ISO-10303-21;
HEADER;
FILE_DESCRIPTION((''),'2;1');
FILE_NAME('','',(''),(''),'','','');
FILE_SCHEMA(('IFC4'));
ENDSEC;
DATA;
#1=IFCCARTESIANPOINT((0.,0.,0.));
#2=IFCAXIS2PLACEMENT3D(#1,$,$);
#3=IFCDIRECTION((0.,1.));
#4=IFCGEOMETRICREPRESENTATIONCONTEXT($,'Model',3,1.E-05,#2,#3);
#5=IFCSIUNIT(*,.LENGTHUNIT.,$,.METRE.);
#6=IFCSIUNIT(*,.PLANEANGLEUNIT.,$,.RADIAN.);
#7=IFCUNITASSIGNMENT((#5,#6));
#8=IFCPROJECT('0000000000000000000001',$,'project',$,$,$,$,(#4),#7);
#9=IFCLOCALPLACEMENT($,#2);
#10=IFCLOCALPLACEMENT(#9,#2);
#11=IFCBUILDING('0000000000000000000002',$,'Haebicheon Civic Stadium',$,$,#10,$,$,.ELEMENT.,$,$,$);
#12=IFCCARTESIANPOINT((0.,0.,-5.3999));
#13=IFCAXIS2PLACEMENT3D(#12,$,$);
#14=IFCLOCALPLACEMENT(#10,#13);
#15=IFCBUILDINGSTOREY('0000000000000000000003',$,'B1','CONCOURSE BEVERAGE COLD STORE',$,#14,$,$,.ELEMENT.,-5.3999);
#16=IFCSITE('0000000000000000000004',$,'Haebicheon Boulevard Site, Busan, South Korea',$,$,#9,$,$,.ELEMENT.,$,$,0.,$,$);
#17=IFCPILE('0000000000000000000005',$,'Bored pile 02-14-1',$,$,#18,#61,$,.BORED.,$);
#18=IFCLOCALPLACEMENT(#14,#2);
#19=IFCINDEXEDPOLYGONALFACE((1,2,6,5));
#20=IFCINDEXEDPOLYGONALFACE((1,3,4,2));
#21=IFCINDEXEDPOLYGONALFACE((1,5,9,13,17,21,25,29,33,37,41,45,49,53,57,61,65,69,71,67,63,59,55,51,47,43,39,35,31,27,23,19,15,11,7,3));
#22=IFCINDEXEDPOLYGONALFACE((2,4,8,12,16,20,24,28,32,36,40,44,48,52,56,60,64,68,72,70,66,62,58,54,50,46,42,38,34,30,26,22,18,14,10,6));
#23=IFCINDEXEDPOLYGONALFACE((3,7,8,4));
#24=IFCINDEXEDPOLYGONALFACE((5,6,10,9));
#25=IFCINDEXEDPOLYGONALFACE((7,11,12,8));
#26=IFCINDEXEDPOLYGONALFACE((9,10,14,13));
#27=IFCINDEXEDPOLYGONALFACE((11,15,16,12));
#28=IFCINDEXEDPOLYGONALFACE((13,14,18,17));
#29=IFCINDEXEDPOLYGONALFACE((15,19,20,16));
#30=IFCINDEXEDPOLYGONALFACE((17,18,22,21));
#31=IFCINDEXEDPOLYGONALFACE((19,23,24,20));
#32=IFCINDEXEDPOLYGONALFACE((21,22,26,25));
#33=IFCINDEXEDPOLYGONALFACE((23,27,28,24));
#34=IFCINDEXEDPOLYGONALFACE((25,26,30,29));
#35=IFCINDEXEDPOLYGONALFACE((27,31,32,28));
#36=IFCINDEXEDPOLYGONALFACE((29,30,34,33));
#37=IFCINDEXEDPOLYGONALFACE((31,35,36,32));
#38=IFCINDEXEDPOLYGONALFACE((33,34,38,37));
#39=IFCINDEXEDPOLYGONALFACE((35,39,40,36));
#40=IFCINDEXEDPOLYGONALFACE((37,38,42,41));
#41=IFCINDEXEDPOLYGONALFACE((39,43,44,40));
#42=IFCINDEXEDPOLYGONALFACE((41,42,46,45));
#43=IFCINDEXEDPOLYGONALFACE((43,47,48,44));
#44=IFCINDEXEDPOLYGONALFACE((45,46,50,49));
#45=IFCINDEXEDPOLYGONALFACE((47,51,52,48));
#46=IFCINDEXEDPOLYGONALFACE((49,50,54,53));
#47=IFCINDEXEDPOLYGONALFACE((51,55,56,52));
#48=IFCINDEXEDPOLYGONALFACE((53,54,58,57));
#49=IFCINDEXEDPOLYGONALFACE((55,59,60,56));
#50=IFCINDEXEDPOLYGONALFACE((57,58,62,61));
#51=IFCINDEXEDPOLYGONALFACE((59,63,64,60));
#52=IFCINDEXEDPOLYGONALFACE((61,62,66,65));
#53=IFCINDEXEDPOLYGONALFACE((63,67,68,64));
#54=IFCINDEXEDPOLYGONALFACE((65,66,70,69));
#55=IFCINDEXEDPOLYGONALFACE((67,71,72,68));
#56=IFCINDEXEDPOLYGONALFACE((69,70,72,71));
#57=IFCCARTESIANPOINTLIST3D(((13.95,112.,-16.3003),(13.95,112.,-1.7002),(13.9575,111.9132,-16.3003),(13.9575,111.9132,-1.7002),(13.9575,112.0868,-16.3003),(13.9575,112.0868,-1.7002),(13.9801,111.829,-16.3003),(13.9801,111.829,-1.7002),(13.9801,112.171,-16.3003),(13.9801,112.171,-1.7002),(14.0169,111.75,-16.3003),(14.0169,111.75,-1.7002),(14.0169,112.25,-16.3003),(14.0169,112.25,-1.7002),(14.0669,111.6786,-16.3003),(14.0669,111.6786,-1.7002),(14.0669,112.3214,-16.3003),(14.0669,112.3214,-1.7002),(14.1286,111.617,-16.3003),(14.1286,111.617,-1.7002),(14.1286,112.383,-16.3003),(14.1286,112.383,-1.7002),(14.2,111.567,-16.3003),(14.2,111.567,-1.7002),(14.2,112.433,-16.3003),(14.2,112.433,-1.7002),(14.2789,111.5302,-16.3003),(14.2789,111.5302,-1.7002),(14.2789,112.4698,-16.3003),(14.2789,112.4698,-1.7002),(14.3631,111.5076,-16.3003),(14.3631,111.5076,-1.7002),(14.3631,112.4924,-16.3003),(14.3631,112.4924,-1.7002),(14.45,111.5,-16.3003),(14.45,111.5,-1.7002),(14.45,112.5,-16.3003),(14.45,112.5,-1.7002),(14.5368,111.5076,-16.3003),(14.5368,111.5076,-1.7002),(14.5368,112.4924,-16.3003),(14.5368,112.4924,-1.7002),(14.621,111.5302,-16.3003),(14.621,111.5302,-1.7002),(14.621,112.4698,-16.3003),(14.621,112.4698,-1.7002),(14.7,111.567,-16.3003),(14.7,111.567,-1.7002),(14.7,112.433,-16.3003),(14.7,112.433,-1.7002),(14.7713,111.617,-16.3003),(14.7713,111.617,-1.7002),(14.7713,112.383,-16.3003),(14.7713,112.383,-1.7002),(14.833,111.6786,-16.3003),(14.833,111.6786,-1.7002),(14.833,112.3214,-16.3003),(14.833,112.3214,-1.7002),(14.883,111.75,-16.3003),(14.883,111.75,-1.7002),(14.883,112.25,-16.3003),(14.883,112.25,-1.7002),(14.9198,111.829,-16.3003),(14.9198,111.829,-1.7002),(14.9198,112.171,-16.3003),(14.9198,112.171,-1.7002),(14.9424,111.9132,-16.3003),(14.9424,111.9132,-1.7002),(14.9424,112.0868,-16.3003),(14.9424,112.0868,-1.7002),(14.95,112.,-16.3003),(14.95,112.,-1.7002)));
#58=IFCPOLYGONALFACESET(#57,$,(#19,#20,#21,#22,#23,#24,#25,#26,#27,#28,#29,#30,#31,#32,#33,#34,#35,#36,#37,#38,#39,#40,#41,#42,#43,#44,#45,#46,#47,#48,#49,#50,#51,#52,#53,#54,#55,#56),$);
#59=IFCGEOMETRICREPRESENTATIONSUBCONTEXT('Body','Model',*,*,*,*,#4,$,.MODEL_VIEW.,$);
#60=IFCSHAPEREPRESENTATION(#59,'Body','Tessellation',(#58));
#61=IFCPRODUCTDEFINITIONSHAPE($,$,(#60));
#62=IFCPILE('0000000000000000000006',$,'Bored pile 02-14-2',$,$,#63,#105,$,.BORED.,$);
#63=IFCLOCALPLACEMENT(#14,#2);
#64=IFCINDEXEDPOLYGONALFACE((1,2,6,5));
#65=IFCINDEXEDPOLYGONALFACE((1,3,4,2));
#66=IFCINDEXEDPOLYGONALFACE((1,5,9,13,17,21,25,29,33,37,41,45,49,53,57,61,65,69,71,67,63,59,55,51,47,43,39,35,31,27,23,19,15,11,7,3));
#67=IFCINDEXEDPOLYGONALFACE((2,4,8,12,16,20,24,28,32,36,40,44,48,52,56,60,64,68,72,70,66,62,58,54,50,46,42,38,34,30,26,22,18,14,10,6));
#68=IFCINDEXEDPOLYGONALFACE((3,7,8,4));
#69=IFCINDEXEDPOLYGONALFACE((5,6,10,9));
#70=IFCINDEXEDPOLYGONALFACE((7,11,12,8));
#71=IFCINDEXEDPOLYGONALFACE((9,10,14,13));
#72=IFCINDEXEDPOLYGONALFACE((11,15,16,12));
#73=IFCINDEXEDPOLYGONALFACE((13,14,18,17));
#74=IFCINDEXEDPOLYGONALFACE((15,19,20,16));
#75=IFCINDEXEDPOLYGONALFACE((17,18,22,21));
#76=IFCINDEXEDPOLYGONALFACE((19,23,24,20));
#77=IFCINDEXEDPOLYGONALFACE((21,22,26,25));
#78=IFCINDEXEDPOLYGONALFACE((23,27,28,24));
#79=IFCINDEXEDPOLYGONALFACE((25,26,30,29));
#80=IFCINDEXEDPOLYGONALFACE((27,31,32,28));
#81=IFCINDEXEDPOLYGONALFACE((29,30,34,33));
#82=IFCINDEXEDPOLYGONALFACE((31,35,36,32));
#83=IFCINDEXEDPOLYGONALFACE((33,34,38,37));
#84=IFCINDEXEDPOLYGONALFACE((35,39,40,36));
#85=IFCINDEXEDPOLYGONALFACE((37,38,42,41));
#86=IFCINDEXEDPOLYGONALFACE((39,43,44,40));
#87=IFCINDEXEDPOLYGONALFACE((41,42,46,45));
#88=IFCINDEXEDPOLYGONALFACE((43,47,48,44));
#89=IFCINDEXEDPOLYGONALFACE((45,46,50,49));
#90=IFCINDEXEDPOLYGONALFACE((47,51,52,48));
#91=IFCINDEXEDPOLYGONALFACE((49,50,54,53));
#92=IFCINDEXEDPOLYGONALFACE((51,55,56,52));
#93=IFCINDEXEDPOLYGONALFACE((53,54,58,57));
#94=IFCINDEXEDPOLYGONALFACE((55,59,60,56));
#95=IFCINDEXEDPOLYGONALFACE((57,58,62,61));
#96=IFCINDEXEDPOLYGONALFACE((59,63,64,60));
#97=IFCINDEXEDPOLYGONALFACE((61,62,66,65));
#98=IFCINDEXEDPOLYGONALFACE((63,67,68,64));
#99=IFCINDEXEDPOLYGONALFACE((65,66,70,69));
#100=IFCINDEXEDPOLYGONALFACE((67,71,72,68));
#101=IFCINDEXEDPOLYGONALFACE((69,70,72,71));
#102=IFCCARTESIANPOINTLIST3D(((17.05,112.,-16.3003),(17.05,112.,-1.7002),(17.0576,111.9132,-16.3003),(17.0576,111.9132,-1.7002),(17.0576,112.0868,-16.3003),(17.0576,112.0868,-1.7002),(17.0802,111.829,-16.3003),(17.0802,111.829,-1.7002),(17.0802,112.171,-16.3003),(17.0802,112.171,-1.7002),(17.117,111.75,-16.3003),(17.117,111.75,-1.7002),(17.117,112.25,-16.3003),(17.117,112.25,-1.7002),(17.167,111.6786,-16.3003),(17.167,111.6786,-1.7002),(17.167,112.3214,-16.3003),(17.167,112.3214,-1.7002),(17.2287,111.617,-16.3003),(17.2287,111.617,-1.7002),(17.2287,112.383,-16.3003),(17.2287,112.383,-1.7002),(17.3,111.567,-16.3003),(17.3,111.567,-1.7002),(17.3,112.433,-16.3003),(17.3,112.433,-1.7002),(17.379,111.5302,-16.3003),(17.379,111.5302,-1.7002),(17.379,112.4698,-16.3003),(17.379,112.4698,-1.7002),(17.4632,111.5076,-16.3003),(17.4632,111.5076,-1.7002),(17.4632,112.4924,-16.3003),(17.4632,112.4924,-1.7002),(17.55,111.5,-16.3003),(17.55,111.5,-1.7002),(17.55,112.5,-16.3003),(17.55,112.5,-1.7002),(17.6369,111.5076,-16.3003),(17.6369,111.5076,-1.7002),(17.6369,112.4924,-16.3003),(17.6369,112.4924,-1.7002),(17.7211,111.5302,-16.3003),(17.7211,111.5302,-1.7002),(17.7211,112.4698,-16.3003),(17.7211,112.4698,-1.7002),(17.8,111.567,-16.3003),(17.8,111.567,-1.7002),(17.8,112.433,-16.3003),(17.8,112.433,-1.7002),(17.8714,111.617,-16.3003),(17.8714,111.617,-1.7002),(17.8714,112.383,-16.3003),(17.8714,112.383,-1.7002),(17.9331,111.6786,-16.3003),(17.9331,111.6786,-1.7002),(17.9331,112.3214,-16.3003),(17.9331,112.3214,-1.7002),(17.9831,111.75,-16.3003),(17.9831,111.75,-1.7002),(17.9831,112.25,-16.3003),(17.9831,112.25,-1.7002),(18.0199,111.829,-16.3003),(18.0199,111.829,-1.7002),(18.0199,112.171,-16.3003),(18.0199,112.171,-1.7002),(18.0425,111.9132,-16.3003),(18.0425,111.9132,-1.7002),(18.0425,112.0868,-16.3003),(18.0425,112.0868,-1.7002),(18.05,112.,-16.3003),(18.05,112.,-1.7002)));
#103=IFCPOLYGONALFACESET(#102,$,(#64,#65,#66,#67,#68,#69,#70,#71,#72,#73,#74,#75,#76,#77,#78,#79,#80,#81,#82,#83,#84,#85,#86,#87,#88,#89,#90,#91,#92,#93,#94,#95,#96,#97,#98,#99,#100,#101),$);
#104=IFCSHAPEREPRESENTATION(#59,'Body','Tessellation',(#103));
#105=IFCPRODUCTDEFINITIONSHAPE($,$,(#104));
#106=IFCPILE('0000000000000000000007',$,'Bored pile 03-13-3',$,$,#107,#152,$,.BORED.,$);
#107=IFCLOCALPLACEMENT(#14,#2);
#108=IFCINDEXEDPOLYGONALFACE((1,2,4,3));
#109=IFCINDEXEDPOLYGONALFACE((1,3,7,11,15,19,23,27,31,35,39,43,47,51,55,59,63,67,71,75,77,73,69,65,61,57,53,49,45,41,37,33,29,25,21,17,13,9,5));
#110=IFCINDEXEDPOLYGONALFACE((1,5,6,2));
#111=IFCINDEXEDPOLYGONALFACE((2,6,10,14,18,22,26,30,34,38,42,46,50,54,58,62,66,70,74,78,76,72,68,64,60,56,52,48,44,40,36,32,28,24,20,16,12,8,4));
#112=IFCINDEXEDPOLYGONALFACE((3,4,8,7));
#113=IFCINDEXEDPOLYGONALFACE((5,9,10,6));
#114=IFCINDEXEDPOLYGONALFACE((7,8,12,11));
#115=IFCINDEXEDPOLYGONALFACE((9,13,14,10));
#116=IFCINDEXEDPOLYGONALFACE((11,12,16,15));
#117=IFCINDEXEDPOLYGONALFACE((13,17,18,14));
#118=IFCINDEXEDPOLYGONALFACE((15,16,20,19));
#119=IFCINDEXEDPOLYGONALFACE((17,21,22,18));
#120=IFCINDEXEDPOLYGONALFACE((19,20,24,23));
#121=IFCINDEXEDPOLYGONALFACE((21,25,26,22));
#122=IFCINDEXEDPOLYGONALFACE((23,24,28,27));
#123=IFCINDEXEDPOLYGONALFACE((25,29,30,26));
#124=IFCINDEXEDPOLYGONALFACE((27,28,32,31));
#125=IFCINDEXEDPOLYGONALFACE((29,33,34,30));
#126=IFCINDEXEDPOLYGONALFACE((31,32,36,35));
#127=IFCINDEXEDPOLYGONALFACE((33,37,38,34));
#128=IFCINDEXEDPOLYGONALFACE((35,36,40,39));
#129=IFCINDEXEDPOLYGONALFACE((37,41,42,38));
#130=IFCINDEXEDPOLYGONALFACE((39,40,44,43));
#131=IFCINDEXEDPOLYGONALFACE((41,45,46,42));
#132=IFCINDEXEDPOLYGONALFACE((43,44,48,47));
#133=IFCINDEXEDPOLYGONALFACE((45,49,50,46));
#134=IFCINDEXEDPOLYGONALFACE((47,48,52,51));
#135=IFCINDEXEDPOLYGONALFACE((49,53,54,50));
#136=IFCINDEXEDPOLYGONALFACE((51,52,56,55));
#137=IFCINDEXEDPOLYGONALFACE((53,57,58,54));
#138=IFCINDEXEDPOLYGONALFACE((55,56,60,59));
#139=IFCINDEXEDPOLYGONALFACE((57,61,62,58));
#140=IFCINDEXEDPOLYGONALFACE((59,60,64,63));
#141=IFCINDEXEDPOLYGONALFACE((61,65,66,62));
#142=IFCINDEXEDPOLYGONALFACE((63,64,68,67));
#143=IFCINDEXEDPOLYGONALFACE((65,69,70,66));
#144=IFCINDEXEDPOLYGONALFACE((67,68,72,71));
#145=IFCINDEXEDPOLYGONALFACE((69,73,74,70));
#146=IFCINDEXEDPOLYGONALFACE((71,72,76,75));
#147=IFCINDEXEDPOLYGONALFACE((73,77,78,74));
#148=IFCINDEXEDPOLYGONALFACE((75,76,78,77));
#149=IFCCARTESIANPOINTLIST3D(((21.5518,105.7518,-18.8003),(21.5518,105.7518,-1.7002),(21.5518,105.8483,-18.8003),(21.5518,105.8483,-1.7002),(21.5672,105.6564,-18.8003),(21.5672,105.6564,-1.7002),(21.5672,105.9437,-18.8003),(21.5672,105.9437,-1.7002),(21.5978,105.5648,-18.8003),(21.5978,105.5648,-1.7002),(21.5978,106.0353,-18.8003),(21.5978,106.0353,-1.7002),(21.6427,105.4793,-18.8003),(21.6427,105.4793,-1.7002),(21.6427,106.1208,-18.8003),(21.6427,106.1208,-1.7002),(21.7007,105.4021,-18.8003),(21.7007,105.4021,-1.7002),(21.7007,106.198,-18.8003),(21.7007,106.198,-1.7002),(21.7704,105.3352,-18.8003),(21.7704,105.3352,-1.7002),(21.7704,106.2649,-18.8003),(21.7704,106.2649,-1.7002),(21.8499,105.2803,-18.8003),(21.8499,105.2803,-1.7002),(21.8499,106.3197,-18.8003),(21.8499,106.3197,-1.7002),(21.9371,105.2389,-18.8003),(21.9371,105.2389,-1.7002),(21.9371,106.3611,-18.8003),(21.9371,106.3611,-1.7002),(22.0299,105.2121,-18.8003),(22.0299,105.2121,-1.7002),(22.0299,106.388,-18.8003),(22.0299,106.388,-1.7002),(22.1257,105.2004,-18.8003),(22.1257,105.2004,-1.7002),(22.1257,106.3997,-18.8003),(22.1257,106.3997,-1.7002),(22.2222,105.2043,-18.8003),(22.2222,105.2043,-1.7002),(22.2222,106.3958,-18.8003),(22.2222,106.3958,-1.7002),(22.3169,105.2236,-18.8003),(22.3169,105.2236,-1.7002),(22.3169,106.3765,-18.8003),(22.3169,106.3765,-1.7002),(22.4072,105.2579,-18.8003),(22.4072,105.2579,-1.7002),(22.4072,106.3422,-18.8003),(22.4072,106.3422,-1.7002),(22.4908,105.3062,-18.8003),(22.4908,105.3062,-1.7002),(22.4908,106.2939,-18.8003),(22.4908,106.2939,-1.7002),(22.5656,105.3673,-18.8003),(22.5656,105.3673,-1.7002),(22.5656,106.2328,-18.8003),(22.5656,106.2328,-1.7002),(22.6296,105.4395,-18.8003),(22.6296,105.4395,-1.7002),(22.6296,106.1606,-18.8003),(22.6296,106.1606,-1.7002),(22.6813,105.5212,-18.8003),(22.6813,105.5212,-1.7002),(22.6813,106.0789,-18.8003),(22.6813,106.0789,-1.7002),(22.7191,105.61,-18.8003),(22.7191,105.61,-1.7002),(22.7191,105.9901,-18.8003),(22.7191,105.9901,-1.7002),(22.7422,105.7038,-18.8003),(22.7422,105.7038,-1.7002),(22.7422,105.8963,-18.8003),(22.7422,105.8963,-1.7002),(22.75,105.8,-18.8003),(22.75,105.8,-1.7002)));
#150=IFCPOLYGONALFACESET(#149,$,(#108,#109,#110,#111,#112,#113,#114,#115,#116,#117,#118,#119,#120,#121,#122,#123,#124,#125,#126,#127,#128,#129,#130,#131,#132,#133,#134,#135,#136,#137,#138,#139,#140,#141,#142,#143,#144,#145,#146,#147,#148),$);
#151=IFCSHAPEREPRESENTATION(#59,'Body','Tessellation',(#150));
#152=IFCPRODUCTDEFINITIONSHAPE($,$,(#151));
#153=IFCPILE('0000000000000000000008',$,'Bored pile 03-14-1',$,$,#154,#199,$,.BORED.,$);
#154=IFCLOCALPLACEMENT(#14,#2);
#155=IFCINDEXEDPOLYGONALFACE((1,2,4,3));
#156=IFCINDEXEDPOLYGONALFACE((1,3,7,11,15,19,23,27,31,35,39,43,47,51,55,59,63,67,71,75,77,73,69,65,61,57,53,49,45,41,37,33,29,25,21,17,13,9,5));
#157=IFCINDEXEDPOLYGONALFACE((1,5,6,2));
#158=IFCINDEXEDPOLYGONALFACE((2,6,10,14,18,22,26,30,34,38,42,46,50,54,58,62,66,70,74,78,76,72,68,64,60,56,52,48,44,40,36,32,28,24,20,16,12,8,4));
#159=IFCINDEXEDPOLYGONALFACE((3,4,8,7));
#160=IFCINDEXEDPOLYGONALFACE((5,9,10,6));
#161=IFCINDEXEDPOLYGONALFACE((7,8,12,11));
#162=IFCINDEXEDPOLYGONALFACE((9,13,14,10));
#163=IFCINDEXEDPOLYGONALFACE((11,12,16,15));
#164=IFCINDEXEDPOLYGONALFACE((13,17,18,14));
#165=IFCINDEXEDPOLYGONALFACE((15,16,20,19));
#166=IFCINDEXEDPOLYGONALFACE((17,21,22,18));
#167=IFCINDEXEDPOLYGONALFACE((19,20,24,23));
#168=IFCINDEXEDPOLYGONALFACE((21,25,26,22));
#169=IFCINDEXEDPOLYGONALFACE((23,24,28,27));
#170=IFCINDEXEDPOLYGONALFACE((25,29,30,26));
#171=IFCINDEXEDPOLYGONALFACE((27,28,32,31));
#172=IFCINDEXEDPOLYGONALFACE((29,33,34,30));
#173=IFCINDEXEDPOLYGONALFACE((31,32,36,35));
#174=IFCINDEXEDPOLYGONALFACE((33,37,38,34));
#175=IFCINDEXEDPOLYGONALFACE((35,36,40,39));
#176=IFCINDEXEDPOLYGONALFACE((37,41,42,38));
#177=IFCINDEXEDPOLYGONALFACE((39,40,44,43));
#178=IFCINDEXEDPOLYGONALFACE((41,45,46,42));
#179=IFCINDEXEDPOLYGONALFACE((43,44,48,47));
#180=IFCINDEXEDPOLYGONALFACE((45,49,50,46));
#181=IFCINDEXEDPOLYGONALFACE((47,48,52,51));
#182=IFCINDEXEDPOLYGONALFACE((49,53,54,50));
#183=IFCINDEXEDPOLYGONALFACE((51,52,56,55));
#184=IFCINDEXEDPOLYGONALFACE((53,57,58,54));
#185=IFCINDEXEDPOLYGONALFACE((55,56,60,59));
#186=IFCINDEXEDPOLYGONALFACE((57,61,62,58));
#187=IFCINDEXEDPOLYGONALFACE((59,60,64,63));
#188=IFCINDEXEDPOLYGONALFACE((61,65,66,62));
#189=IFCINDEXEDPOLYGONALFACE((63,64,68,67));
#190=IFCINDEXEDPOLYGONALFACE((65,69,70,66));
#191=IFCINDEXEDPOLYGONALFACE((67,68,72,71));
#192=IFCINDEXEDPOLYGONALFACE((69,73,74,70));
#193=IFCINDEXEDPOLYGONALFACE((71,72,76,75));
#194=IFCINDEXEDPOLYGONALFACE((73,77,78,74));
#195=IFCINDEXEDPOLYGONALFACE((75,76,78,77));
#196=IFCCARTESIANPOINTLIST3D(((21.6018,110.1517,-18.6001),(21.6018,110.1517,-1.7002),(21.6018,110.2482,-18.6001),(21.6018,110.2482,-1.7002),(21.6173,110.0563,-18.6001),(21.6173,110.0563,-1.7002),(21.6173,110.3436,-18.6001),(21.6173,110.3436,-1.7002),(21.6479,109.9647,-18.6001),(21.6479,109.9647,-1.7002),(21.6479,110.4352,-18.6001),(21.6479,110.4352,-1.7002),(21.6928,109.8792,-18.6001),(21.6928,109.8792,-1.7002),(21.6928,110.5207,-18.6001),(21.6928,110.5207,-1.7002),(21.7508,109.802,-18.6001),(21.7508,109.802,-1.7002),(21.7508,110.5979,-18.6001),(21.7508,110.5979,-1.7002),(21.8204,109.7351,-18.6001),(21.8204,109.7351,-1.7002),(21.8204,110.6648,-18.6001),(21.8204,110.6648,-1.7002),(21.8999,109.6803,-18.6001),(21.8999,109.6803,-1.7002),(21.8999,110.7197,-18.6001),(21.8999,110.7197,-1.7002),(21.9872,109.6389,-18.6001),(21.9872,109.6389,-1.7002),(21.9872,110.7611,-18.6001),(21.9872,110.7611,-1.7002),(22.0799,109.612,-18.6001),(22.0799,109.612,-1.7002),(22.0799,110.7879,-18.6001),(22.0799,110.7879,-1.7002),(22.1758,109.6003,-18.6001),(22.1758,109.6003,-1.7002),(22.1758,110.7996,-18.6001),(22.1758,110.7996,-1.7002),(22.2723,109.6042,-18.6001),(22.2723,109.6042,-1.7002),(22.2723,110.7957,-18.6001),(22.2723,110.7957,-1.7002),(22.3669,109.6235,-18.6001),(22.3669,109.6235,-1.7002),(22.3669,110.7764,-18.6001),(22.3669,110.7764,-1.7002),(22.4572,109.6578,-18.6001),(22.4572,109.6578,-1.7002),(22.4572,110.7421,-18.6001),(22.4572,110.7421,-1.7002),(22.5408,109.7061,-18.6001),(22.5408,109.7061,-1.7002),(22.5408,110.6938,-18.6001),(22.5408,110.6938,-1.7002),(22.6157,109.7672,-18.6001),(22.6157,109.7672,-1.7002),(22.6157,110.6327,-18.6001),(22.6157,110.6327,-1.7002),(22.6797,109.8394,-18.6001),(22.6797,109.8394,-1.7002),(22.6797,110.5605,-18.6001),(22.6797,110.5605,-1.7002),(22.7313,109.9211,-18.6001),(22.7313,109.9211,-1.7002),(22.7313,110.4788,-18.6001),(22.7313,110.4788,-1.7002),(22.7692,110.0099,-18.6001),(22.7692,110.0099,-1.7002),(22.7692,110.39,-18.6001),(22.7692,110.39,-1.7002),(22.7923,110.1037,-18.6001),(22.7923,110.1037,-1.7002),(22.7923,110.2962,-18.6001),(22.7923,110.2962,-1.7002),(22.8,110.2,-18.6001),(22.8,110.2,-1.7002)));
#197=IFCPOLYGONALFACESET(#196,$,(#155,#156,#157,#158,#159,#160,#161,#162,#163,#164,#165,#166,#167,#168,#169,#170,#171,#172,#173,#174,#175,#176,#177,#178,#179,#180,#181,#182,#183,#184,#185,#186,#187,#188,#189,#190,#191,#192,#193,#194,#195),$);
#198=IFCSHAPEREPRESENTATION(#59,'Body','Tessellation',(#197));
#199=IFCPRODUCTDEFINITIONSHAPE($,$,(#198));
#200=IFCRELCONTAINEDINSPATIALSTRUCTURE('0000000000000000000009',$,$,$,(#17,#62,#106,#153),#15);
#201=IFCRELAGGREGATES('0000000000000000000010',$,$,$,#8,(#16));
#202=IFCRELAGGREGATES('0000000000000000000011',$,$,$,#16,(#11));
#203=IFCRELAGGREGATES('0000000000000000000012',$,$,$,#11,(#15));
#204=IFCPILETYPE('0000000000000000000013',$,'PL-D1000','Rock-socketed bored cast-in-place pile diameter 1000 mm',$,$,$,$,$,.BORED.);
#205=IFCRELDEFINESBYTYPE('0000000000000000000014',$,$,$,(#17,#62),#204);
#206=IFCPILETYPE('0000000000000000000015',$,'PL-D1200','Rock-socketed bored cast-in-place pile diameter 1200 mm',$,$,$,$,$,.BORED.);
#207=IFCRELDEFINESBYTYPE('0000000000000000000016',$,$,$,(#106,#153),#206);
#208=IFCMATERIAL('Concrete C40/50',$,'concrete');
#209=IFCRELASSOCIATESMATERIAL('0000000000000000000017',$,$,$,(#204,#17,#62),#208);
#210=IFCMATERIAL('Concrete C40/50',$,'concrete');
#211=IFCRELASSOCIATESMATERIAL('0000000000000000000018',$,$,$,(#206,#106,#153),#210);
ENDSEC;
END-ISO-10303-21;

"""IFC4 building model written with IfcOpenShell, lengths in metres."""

from ifc_helpers import new_model, si_unit, direction, frame, origin, origin_2d, place, context, subcontext, project, spatial, circle, extrude, material, material_profile, profile_set, type_object, element, save


model = new_model("IFC4")

# Units and contexts
model_context = context("Model", 3, precision=1e-05, world=origin(), true_north=direction((0.0, 1.0)))
body_context = subcontext(model_context, "Body", "Model", "MODEL_VIEW")
ifc_project = project(units=[si_unit("LENGTHUNIT", "METRE"), si_unit("PLANEANGLEUNIT", "RADIAN")], contexts=[model_context])

# Site, building, storey
site_placement = place(None, origin())
site = spatial("IfcSite", under=ifc_project, at=site_placement, Name="Haebicheon Boulevard Site, Busan, South Korea", CompositionType="ELEMENT", RefElevation=0.0)
building_placement = place(site_placement, origin())
building = spatial("IfcBuilding", under=site, at=building_placement, Name="Haebicheon Civic Stadium", CompositionType="ELEMENT")
storey_placement = place(building_placement, frame((0.0, 0.0, -5.3999)))
storey = spatial("IfcBuildingStorey", under=building, at=storey_placement, Name="B1", Description="CONCOURSE BEVERAGE COLD STORE", CompositionType="ELEMENT", Elevation=-5.3999)

# Piles
ifc_material_1 = material(Name="Concrete C40/50", Category="concrete")
ifc_material_profile_1 = material_profile(ifc_material_1, circle(Radius=0.5, at=origin_2d()), Name="PILE-D1000")
ifc_profile_set_1 = profile_set([ifc_material_profile_1], Name="Concrete C40/50")
pile_type_1 = type_object("IfcPileType", Name="PL-D1000", Description="Rock-socketed bored cast-in-place pile diameter 1000 mm", PredefinedType="BORED", material=ifc_profile_set_1)
for number, where, z_axis, x_axis, name in (
    (1, (14.45, 112.0, -1.7002), (0.0, 0.0, -1.0), (1.0, 0.0, 0.0), "Bored pile 02-14-1"),
    (2, (17.55, 112.0, -1.7002), (0.0, 0.0, -1.0), (1.0, 0.0, 0.0), "Bored pile 02-14-2"),
):
    element("IfcPile", number, at=place(storey_placement, frame(where, z_axis=z_axis, x_axis=x_axis)), inside=storey, type_object=pile_type_1, material=ifc_profile_set_1, Name=name, PredefinedType="BORED", context=body_context, shape_type="SweptSolid", body=[
        extrude(circle(Radius=0.5, at=origin_2d()), origin(), (0.0, 0.0, 1.0), 14.6001),
    ])
ifc_material_2 = material(Name="Concrete C40/50", Category="concrete")
ifc_material_profile_2 = material_profile(ifc_material_2, circle(Radius=0.6001, at=origin_2d()), Name="PILE-D1200")
ifc_profile_set_2 = profile_set([ifc_material_profile_2], Name="Concrete C40/50")
pile_type_2 = type_object("IfcPileType", Name="PL-D1200", Description="Rock-socketed bored cast-in-place pile diameter 1200 mm", PredefinedType="BORED", material=ifc_profile_set_2)
pile_1_placement = place(storey_placement, frame((22.1499, 105.8, -1.7002), z_axis=(0.0, 0.0, -1.0), x_axis=(1.0, 0.0, 0.0)))
element("IfcPile", 3, at=pile_1_placement, inside=storey, type_object=pile_type_2, material=ifc_profile_set_2, Name="Bored pile 03-13-3", PredefinedType="BORED", context=body_context, shape_type="SweptSolid", body=[
    extrude(circle(Radius=0.6001, at=origin_2d()), origin(), (0.0, 0.0, 1.0), 17.1001),
])
pile_2_placement = place(storey_placement, frame((22.2, 110.2, -1.7002), z_axis=(0.0, 0.0, -1.0), x_axis=(1.0, 0.0, 0.0)))
element("IfcPile", 4, at=pile_2_placement, inside=storey, type_object=pile_type_2, material=ifc_profile_set_2, Name="Bored pile 03-14-1", PredefinedType="BORED", context=body_context, shape_type="SweptSolid", body=[
    extrude(circle(Radius=0.6001, at=origin_2d()), origin(), (0.0, 0.0, 1.0), 16.8999),
])

save(model, "model.ifc")
